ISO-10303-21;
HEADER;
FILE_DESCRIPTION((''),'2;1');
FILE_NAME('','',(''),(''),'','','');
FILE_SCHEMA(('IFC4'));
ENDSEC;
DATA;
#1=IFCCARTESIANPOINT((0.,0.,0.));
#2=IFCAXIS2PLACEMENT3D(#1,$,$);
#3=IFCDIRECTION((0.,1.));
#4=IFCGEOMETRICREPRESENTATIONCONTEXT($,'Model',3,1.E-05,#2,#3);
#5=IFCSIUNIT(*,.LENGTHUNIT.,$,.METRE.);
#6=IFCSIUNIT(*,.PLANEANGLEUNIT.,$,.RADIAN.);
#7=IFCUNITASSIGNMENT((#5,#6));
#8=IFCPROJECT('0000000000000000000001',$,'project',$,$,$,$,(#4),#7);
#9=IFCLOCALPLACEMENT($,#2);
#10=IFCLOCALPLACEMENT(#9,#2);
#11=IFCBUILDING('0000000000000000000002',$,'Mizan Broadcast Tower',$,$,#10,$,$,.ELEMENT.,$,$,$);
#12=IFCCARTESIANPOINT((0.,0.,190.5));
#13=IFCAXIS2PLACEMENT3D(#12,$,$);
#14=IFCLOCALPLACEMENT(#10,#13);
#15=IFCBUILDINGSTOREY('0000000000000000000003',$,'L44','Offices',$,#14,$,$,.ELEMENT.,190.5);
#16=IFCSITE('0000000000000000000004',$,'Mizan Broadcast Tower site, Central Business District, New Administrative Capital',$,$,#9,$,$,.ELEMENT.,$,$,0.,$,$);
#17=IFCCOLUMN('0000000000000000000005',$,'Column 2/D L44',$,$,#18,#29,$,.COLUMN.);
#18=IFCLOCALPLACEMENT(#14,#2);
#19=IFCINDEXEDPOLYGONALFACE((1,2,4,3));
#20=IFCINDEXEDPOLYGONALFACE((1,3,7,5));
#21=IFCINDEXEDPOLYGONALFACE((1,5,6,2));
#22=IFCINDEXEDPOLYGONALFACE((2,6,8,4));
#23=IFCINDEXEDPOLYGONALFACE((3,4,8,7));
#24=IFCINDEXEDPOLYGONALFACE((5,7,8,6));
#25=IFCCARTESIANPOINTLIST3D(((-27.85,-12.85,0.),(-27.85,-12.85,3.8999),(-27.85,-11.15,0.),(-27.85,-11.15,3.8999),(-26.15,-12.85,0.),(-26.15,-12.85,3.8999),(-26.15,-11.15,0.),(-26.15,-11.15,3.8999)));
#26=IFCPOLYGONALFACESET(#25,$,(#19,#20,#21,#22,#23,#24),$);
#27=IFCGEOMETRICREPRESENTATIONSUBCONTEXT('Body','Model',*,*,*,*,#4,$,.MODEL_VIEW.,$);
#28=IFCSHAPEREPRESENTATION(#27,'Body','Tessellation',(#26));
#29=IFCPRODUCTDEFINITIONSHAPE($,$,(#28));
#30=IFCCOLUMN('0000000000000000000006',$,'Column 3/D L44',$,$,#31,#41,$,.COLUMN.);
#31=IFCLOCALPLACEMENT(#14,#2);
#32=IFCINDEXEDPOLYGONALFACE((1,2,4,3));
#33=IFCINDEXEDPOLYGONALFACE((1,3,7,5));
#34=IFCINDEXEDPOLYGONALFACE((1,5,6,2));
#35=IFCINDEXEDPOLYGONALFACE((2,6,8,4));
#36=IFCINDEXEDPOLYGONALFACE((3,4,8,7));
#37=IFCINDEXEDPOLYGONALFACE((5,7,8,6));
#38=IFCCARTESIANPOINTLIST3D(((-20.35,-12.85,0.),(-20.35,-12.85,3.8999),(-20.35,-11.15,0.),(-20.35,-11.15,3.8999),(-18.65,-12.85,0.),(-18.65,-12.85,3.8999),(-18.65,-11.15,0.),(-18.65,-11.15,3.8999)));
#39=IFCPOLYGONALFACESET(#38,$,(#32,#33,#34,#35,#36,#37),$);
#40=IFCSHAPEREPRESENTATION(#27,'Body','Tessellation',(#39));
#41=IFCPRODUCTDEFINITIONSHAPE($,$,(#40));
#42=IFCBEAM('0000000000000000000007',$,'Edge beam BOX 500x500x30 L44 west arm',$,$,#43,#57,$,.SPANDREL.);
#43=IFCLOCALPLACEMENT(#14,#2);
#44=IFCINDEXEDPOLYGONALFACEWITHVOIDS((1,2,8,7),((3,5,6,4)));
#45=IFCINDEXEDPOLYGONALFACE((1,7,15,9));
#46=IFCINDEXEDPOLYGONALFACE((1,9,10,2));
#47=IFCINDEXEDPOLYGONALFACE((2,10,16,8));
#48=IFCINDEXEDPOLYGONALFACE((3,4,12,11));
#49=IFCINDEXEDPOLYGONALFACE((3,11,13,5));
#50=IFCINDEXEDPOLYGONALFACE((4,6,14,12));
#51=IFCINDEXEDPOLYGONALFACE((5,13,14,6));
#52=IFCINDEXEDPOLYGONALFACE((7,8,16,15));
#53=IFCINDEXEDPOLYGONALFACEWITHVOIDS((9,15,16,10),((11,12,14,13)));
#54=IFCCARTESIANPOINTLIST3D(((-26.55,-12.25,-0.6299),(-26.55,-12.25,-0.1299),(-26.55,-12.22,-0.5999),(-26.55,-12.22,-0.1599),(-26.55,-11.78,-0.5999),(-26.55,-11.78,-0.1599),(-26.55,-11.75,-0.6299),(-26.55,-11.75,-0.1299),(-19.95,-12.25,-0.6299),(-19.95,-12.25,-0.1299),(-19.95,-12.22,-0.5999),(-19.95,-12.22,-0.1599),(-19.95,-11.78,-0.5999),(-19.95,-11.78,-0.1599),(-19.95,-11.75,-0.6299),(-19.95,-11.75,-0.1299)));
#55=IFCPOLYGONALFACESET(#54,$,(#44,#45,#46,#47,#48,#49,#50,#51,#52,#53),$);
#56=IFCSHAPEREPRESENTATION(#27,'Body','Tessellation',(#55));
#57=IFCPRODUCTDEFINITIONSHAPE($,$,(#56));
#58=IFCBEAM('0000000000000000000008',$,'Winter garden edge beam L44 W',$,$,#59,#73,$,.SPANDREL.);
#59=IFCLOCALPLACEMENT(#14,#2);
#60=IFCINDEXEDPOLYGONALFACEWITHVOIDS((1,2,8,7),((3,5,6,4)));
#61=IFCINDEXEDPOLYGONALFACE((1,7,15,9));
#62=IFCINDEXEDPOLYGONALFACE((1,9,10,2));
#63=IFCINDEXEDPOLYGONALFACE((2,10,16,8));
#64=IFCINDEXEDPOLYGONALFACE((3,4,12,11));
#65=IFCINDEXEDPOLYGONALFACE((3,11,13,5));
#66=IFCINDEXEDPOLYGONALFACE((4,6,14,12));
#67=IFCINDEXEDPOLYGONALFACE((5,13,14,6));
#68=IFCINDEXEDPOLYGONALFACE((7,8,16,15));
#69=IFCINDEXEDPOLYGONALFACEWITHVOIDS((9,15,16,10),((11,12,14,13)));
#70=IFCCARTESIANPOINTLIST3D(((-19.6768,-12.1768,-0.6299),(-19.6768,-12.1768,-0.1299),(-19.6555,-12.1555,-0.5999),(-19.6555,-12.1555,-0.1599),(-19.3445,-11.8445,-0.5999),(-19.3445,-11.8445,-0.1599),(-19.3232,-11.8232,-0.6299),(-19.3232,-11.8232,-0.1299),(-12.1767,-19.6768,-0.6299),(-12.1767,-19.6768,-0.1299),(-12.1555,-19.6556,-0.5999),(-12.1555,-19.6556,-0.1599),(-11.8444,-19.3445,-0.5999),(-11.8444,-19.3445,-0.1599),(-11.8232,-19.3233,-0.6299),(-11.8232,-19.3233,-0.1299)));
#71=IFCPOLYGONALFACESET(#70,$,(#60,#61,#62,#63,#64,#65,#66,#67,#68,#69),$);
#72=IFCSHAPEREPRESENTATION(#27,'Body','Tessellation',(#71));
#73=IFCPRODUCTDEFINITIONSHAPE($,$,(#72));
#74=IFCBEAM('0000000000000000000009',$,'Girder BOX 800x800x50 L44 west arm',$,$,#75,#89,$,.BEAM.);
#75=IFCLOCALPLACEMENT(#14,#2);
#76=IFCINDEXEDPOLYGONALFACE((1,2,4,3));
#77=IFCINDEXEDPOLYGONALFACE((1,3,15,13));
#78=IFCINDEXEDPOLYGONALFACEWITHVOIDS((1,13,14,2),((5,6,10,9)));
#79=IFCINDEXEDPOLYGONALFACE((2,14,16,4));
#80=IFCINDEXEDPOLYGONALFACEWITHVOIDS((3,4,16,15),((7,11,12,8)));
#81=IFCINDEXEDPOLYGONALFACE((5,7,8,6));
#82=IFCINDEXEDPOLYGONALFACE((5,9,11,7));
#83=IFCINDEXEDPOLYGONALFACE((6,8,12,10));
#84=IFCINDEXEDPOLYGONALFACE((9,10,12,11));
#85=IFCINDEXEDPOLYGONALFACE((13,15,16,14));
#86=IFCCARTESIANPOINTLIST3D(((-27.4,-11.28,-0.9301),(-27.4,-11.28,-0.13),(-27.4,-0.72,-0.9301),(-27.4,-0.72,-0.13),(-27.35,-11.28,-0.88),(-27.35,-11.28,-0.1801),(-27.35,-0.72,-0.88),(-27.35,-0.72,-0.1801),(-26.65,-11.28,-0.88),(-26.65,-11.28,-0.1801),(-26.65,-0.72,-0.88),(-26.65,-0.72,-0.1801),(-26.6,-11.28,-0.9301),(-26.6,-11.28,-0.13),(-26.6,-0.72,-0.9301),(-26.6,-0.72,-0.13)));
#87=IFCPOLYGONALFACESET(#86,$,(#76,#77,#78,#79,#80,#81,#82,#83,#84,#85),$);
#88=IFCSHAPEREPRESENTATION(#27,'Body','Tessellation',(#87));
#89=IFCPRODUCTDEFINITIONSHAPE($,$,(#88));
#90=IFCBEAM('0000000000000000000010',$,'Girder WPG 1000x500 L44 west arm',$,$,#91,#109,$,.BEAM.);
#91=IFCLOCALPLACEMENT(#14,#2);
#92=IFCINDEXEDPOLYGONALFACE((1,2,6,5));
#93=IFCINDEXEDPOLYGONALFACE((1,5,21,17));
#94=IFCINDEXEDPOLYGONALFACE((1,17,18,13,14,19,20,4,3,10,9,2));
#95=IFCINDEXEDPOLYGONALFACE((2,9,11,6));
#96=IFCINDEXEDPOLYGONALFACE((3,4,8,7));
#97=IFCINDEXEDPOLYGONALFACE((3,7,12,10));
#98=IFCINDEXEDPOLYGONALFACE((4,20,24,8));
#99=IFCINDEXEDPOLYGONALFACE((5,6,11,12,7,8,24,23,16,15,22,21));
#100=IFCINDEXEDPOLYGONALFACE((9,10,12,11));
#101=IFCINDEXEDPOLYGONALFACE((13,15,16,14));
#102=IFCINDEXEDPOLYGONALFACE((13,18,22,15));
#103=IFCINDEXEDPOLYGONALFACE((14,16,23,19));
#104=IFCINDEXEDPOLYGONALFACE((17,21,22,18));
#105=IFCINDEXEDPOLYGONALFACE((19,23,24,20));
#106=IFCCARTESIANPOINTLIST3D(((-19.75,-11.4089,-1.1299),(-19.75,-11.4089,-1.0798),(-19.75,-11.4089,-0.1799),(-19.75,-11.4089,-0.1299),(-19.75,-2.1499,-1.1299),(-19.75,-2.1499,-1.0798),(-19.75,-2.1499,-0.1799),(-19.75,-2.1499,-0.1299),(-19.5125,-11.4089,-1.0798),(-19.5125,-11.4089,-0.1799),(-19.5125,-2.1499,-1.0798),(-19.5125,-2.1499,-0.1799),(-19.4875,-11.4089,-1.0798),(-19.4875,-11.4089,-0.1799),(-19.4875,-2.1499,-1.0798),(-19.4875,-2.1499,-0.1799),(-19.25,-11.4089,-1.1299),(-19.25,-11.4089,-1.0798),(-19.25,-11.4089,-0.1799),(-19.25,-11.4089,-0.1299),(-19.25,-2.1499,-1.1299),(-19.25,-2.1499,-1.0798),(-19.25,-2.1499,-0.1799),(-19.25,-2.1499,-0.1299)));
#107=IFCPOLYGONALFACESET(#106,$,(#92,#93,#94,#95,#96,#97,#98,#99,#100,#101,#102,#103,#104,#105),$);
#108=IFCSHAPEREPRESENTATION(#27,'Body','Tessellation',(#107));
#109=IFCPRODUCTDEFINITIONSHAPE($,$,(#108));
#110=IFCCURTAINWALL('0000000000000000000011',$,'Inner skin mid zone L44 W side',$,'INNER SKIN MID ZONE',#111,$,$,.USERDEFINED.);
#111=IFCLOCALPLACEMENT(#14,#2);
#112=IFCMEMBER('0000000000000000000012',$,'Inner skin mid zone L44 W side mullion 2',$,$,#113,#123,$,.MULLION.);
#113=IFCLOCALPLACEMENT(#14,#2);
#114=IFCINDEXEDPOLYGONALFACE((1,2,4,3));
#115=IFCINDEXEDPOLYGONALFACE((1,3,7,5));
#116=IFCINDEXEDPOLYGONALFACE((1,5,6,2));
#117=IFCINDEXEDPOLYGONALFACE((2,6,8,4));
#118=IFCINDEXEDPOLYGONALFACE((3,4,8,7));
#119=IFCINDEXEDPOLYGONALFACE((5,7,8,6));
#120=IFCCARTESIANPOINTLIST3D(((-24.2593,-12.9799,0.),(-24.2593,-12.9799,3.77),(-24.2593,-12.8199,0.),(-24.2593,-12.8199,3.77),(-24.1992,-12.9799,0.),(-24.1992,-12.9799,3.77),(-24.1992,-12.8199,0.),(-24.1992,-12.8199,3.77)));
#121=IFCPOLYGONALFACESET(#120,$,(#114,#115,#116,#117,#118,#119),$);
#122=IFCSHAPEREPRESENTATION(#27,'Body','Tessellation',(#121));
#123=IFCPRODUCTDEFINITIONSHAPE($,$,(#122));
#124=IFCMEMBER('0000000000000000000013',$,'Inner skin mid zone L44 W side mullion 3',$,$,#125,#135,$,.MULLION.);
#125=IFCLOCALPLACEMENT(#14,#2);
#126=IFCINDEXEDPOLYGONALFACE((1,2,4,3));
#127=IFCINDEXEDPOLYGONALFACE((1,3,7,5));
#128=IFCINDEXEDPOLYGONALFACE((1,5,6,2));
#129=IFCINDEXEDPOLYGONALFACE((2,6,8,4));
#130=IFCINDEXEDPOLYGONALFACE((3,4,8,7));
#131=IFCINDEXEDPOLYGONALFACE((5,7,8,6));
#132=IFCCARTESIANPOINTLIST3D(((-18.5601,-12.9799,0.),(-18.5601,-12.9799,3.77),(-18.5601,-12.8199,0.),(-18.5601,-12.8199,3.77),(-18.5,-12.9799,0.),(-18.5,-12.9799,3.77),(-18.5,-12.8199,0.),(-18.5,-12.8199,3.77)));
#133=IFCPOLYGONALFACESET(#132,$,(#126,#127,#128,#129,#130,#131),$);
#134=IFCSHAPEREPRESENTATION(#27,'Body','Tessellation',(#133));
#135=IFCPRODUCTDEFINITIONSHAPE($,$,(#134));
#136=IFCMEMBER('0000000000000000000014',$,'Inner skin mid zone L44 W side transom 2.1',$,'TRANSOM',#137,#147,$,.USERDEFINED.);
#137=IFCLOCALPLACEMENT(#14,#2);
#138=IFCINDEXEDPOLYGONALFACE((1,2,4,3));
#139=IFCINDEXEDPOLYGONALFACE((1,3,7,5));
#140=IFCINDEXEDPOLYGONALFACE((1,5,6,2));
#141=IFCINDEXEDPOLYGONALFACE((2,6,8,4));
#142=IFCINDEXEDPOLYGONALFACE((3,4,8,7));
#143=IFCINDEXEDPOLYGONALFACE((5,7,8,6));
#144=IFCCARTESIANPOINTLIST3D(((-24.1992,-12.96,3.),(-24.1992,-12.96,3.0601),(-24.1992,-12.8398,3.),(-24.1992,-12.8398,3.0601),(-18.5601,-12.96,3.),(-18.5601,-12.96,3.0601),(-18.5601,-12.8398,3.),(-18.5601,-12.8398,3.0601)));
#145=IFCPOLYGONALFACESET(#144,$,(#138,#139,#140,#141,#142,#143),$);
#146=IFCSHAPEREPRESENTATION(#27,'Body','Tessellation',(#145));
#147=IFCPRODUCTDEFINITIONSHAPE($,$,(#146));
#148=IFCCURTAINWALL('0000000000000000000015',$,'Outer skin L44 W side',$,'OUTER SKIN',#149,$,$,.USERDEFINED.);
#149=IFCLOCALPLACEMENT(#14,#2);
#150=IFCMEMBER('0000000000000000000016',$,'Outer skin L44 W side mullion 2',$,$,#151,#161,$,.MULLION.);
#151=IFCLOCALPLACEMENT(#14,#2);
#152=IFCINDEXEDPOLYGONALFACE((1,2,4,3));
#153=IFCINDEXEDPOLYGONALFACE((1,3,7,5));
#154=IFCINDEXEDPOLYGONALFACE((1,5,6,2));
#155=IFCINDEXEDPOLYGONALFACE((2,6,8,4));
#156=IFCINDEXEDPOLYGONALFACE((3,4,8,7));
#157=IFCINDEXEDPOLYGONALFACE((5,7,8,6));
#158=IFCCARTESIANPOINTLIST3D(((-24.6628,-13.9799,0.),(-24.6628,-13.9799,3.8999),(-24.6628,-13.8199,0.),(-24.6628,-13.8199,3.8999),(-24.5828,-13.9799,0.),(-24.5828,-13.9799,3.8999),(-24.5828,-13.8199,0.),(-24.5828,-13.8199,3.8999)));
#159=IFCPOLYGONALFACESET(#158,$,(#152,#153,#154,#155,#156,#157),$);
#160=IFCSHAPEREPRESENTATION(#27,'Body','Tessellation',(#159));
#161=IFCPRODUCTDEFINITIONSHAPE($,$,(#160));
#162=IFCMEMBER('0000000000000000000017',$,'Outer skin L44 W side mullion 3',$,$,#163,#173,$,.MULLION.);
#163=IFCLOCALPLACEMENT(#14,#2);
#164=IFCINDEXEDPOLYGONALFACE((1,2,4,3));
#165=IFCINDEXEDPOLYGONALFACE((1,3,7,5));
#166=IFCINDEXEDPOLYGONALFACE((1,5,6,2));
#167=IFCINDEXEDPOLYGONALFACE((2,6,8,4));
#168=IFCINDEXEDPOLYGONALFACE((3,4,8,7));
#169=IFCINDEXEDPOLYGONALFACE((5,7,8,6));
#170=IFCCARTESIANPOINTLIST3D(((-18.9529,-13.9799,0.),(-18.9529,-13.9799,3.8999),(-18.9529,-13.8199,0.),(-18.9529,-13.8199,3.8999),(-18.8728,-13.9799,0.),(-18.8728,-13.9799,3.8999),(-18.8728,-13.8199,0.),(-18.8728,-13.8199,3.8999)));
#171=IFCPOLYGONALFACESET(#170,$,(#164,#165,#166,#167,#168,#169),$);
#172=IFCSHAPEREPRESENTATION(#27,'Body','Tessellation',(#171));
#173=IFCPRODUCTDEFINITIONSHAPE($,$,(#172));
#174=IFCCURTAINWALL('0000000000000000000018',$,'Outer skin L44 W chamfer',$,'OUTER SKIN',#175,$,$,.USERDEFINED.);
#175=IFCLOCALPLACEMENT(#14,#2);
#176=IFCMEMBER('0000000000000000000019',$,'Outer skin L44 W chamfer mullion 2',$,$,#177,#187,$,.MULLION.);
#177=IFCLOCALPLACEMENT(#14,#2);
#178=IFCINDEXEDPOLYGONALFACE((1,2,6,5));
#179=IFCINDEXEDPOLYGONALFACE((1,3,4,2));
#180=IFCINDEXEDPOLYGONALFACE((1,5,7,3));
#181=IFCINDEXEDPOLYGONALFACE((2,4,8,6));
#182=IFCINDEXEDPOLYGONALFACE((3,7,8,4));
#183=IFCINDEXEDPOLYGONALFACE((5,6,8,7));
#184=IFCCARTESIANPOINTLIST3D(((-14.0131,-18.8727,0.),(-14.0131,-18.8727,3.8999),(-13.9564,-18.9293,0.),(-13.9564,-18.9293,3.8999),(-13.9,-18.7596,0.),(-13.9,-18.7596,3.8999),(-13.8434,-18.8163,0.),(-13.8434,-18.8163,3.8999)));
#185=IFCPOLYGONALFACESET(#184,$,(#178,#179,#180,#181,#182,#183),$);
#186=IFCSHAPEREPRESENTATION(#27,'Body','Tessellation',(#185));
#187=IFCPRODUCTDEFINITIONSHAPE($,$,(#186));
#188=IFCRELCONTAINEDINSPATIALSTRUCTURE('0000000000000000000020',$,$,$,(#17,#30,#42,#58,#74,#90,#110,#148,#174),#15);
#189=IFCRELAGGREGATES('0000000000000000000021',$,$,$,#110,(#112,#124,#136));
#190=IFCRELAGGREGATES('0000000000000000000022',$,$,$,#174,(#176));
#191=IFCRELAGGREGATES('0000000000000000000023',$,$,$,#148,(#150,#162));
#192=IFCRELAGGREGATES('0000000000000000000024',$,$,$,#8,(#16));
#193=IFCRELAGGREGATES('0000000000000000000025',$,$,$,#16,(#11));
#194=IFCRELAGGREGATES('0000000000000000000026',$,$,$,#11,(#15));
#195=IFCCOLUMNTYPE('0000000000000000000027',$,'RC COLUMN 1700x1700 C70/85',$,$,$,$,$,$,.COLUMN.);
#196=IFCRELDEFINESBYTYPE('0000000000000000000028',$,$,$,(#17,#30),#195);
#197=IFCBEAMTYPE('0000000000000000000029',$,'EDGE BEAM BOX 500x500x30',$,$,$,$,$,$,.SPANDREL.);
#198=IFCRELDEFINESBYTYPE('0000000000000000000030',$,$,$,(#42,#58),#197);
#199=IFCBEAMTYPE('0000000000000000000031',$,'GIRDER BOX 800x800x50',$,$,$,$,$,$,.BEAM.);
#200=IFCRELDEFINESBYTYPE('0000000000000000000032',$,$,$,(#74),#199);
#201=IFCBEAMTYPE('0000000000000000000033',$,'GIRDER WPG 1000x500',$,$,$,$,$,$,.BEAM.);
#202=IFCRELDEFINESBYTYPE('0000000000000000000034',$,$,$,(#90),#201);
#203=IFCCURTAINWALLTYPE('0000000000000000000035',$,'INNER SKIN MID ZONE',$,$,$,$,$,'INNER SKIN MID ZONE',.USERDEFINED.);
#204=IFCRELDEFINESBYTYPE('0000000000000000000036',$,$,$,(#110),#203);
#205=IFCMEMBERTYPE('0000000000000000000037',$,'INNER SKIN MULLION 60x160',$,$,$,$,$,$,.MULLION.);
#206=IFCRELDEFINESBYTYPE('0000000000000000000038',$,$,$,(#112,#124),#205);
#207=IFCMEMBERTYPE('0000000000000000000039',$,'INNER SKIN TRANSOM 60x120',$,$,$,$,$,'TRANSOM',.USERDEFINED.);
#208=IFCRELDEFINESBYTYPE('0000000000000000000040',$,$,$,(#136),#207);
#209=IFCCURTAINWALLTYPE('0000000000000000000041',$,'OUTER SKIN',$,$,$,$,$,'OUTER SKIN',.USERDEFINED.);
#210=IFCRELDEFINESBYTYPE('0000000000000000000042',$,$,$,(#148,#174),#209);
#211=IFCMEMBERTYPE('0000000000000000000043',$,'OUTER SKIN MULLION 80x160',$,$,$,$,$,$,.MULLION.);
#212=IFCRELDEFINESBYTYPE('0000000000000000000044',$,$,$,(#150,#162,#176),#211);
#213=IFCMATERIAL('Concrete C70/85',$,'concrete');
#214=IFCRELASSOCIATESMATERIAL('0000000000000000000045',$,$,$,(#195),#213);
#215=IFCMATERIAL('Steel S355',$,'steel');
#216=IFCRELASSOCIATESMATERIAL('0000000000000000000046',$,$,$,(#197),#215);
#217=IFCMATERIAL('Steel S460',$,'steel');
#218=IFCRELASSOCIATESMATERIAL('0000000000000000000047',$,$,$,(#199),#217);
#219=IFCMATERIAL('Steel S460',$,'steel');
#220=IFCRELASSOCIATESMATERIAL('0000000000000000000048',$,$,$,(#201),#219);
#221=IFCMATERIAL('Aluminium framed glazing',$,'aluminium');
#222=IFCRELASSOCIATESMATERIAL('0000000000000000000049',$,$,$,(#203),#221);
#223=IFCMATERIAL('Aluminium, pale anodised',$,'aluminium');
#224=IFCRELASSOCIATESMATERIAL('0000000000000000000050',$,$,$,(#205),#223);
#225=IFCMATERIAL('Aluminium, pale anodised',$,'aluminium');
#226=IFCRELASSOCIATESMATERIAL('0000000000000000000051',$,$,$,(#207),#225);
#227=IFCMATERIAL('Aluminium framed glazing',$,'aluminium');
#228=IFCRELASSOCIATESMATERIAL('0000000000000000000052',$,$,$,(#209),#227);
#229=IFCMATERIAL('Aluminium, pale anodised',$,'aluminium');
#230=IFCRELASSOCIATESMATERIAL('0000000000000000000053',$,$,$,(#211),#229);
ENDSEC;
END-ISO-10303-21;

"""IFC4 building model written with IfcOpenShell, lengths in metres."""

from ifc_helpers import new_model, si_unit, direction, frame, origin, origin_2d, place, context, subcontext, project, spatial, rectangle, hollow_rectangle, i_section, extrude, material, material_profile, profile_set, type_object, element, aggregate, save


model = new_model("IFC4")

# Units and contexts
model_context = context("Model", 3, precision=1e-05, world=origin(), true_north=direction((0.0, 1.0)))
body_context = subcontext(model_context, "Body", "Model", "MODEL_VIEW")
ifc_project = project(units=[si_unit("LENGTHUNIT", "METRE"), si_unit("PLANEANGLEUNIT", "RADIAN")], contexts=[model_context])

# Site, building, storey
site_placement = place(None, origin())
site = spatial("IfcSite", under=ifc_project, at=site_placement, Name="Mizan Broadcast Tower site, Central Business District, New Administrative Capital", CompositionType="ELEMENT", RefElevation=0.0)
building_placement = place(site_placement, origin())
building = spatial("IfcBuilding", under=site, at=building_placement, Name="Mizan Broadcast Tower", CompositionType="ELEMENT")
storey_placement = place(building_placement, frame((0.0, 0.0, 190.5)))
storey = spatial("IfcBuildingStorey", under=building, at=storey_placement, Name="L44", Description="Offices", CompositionType="ELEMENT", Elevation=190.5)

# Columns
ifc_material_1 = material(Name="Concrete C70/85", Category="concrete")
ifc_material_profile_1 = material_profile(ifc_material_1, rectangle(XDim=1.7, YDim=1.7, at=origin_2d()), Name="RC 1700x1700")
ifc_profile_set_1 = profile_set([ifc_material_profile_1], Name="Concrete C70/85")
column_type = type_object("IfcColumnType", Name="RC COLUMN 1700x1700 C70/85", PredefinedType="COLUMN", material=ifc_profile_set_1)
for number, where, z_axis, x_axis, name in (
    (1, (-27.0, -12.0, 0.0), (0.0, 0.0, 1.0), (1.0, 0.0, 0.0), "Column 2/D L44"),
    (2, (-19.5, -12.0, 0.0), (0.0, 0.0, 1.0), (1.0, 0.0, 0.0), "Column 3/D L44"),
):
    element("IfcColumn", number, at=place(storey_placement, frame(where, z_axis=z_axis, x_axis=x_axis)), inside=storey, type_object=column_type, Name=name, PredefinedType="COLUMN", context=body_context, shape_type="SweptSolid", body=[
        extrude(rectangle(XDim=1.7, YDim=1.7, at=origin_2d()), origin(), (0.0, 0.0, 1.0), 3.8999),
    ])

# Beams
ifc_material_2 = material(Name="Steel S355", Category="steel")
ifc_material_profile_2 = material_profile(ifc_material_2, hollow_rectangle(XDim=0.5, YDim=0.5, WallThickness=0.03, at=origin_2d()), Name="BOX 500x500x30")
ifc_profile_set_2 = profile_set([ifc_material_profile_2], Name="Steel S355")
beam_type_1 = type_object("IfcBeamType", Name="EDGE BEAM BOX 500x500x30", PredefinedType="SPANDREL", material=ifc_profile_set_2)
beam_1_placement = place(storey_placement, frame((-19.95, -12.0, -0.3799), z_axis=(-1.0, 0.0, 0.0), x_axis=(0.0, -1.0, 0.0)))
element("IfcBeam", 3, at=beam_1_placement, inside=storey, type_object=beam_type_1, Name="Edge beam BOX 500x500x30 L44 west arm", PredefinedType="SPANDREL", context=body_context, shape_type="SweptSolid", body=[
    extrude(hollow_rectangle(XDim=0.5, YDim=0.5, WallThickness=0.03, at=origin_2d()), origin(), (0.0, 0.0, 1.0), 6.6001),
])
beam_2_placement = place(storey_placement, frame((-19.5, -12.0, -0.3799), z_axis=(0.707107, -0.707107, 0.0), x_axis=(0.707107, 0.707107, 0.0)))
element("IfcBeam", 4, at=beam_2_placement, inside=storey, type_object=beam_type_1, Name="Winter garden edge beam L44 W", PredefinedType="SPANDREL", context=body_context, shape_type="SweptSolid", body=[
    extrude(hollow_rectangle(XDim=0.5, YDim=0.5, WallThickness=0.03, at=origin_2d()), origin(), (0.0, 0.0, 1.0), 10.6067),
])
ifc_material_3 = material(Name="Steel S460", Category="steel")
ifc_material_profile_3 = material_profile(ifc_material_3, hollow_rectangle(XDim=0.8, YDim=0.8, WallThickness=0.05, at=origin_2d()), Name="BOX 800x800x50")
ifc_profile_set_3 = profile_set([ifc_material_profile_3], Name="Steel S460")
beam_type_2 = type_object("IfcBeamType", Name="GIRDER BOX 800x800x50", PredefinedType="BEAM", material=ifc_profile_set_3)
beam_3_placement = place(storey_placement, frame((-27.0, -11.28, -0.53), z_axis=(0.0, 1.0, 0.0), x_axis=(-1.0, 0.0, 0.0)))
element("IfcBeam", 5, at=beam_3_placement, inside=storey, type_object=beam_type_2, Name="Girder BOX 800x800x50 L44 west arm", PredefinedType="BEAM", context=body_context, shape_type="SweptSolid", body=[
    extrude(hollow_rectangle(XDim=0.8, YDim=0.8, WallThickness=0.05, at=origin_2d()), origin(), (0.0, 0.0, 1.0), 10.5601),
])
ifc_material_4 = material(Name="Steel S460", Category="steel")
ifc_material_profile_4 = material_profile(ifc_material_4, i_section(OverallWidth=0.5, OverallDepth=1.0, WebThickness=0.0249, FlangeThickness=0.05, at=origin_2d()), Name="WPG 1000x500")
ifc_profile_set_4 = profile_set([ifc_material_profile_4], Name="Steel S460")
beam_type_3 = type_object("IfcBeamType", Name="GIRDER WPG 1000x500", PredefinedType="BEAM", material=ifc_profile_set_4)
beam_4_placement = place(storey_placement, frame((-19.5, -11.4089, -0.6299), z_axis=(0.0, 1.0, 0.0), x_axis=(-1.0, 0.0, 0.0)))
element("IfcBeam", 6, at=beam_4_placement, inside=storey, type_object=beam_type_3, Name="Girder WPG 1000x500 L44 west arm", PredefinedType="BEAM", context=body_context, shape_type="SweptSolid", body=[
    extrude(i_section(OverallWidth=0.5, OverallDepth=1.0, WebThickness=0.0249, FlangeThickness=0.05, at=origin_2d()), origin(), (0.0, 0.0, 1.0), 9.259),
])

# Curtain walls, members
ifc_material_5 = material(Name="Aluminium framed glazing", Category="aluminium")
curtain_wall_type_1 = type_object("IfcCurtainWallType", Name="INNER SKIN MID ZONE", ElementType="INNER SKIN MID ZONE", PredefinedType="USERDEFINED", material=ifc_material_5)
curtain_wall_1_placement = place(storey_placement, origin())
curtain_wall_1 = element("IfcCurtainWall", 7, at=curtain_wall_1_placement, inside=storey, type_object=curtain_wall_type_1, Name="Inner skin mid zone L44 W side", ObjectType="INNER SKIN MID ZONE", PredefinedType="USERDEFINED")
ifc_material_6 = material(Name="Aluminium, pale anodised", Category="aluminium")
ifc_material_profile_5 = material_profile(ifc_material_6, rectangle(XDim=0.1599, YDim=0.0601, at=origin_2d()), Name="MULLION 160x60")
ifc_profile_set_5 = profile_set([ifc_material_profile_5], Name="Aluminium, pale anodised")
member_type_1 = type_object("IfcMemberType", Name="INNER SKIN MULLION 60x160", PredefinedType="MULLION", material=ifc_profile_set_5)
member_1_placement = place(storey_placement, frame((-24.2292, -12.8999, 0.0), z_axis=(0.0, 0.0, 1.0), x_axis=(0.0, 1.0, 0.0)))
member_1 = element("IfcMember", 8, at=member_1_placement, type_object=member_type_1, Name="Inner skin mid zone L44 W side mullion 2", PredefinedType="MULLION", context=body_context, shape_type="SweptSolid", body=[
    extrude(rectangle(XDim=0.1599, YDim=0.0601, at=origin_2d()), origin(), (0.0, 0.0, 1.0), 3.77),
])
member_2_placement = place(storey_placement, frame((-18.53, -12.8999, 0.0), z_axis=(0.0, 0.0, 1.0), x_axis=(0.0, 1.0, 0.0)))
member_2 = element("IfcMember", 9, at=member_2_placement, type_object=member_type_1, Name="Inner skin mid zone L44 W side mullion 3", PredefinedType="MULLION", context=body_context, shape_type="SweptSolid", body=[
    extrude(rectangle(XDim=0.1599, YDim=0.0601, at=origin_2d()), origin(), (0.0, 0.0, 1.0), 3.77),
])
ifc_material_7 = material(Name="Aluminium, pale anodised", Category="aluminium")
ifc_material_profile_6 = material_profile(ifc_material_7, rectangle(XDim=0.1201, YDim=0.0601, at=origin_2d()), Name="TRANSOM 120x60")
ifc_profile_set_6 = profile_set([ifc_material_profile_6], Name="Aluminium, pale anodised")
member_type_2 = type_object("IfcMemberType", Name="INNER SKIN TRANSOM 60x120", ElementType="TRANSOM", PredefinedType="USERDEFINED", material=ifc_profile_set_6)
member_3_placement = place(storey_placement, frame((-24.1992, -12.8999, 3.03), z_axis=(1.0, 0.0, 0.0), x_axis=(0.0, 1.0, 0.0)))
member_3 = element("IfcMember", 10, at=member_3_placement, type_object=member_type_2, Name="Inner skin mid zone L44 W side transom 2.1", ObjectType="TRANSOM", PredefinedType="USERDEFINED", context=body_context, shape_type="SweptSolid", body=[
    extrude(rectangle(XDim=0.1201, YDim=0.0601, at=origin_2d()), origin(), (0.0, 0.0, 1.0), 5.6392),
])
ifc_material_8 = material(Name="Aluminium framed glazing", Category="aluminium")
curtain_wall_type_2 = type_object("IfcCurtainWallType", Name="OUTER SKIN", ElementType="OUTER SKIN", PredefinedType="USERDEFINED", material=ifc_material_8)
curtain_wall_2_placement = place(storey_placement, origin())
curtain_wall_2 = element("IfcCurtainWall", 11, at=curtain_wall_2_placement, inside=storey, type_object=curtain_wall_type_2, Name="Outer skin L44 W side", ObjectType="OUTER SKIN", PredefinedType="USERDEFINED")
ifc_material_9 = material(Name="Aluminium, pale anodised", Category="aluminium")
ifc_material_profile_7 = material_profile(ifc_material_9, rectangle(XDim=0.1599, YDim=0.0801, at=origin_2d()), Name="MULLION 160x80")
ifc_profile_set_7 = profile_set([ifc_material_profile_7], Name="Aluminium, pale anodised")
member_type_3 = type_object("IfcMemberType", Name="OUTER SKIN MULLION 80x160", PredefinedType="MULLION", material=ifc_profile_set_7)
member_4_placement = place(storey_placement, frame((-24.6228, -13.8999, 0.0), z_axis=(0.0, 0.0, 1.0), x_axis=(0.0, 1.0, 0.0)))
member_4 = element("IfcMember", 12, at=member_4_placement, type_object=member_type_3, Name="Outer skin L44 W side mullion 2", PredefinedType="MULLION", context=body_context, shape_type="SweptSolid", body=[
    extrude(rectangle(XDim=0.1599, YDim=0.0801, at=origin_2d()), origin(), (0.0, 0.0, 1.0), 3.8999),
])
member_5_placement = place(storey_placement, frame((-18.9128, -13.8999, 0.0), z_axis=(0.0, 0.0, 1.0), x_axis=(0.0, 1.0, 0.0)))
member_5 = element("IfcMember", 13, at=member_5_placement, type_object=member_type_3, Name="Outer skin L44 W side mullion 3", PredefinedType="MULLION", context=body_context, shape_type="SweptSolid", body=[
    extrude(rectangle(XDim=0.1599, YDim=0.0801, at=origin_2d()), origin(), (0.0, 0.0, 1.0), 3.8999),
])

# Curtain wall, member
curtain_wall_3_placement = place(storey_placement, origin())
curtain_wall_3 = element("IfcCurtainWall", 14, at=curtain_wall_3_placement, inside=storey, type_object=curtain_wall_type_2, Name="Outer skin L44 W chamfer", ObjectType="OUTER SKIN", PredefinedType="USERDEFINED")
member_6_placement = place(storey_placement, frame((-13.9282, -18.8445, 0.0), z_axis=(0.0, 0.0, 1.0), x_axis=(0.707107, 0.707107, 0.0)))
member_6 = element("IfcMember", 15, at=member_6_placement, type_object=member_type_3, Name="Outer skin L44 W chamfer mullion 2", PredefinedType="MULLION", context=body_context, shape_type="SweptSolid", body=[
    extrude(rectangle(XDim=0.1599, YDim=0.0801, at=origin_2d()), origin(), (0.0, 0.0, 1.0), 3.8999),
])

aggregate(curtain_wall_1, [member_1, member_2, member_3])
aggregate(curtain_wall_3, [member_6])
aggregate(curtain_wall_2, [member_4, member_5])

save(model, "model.ifc")
